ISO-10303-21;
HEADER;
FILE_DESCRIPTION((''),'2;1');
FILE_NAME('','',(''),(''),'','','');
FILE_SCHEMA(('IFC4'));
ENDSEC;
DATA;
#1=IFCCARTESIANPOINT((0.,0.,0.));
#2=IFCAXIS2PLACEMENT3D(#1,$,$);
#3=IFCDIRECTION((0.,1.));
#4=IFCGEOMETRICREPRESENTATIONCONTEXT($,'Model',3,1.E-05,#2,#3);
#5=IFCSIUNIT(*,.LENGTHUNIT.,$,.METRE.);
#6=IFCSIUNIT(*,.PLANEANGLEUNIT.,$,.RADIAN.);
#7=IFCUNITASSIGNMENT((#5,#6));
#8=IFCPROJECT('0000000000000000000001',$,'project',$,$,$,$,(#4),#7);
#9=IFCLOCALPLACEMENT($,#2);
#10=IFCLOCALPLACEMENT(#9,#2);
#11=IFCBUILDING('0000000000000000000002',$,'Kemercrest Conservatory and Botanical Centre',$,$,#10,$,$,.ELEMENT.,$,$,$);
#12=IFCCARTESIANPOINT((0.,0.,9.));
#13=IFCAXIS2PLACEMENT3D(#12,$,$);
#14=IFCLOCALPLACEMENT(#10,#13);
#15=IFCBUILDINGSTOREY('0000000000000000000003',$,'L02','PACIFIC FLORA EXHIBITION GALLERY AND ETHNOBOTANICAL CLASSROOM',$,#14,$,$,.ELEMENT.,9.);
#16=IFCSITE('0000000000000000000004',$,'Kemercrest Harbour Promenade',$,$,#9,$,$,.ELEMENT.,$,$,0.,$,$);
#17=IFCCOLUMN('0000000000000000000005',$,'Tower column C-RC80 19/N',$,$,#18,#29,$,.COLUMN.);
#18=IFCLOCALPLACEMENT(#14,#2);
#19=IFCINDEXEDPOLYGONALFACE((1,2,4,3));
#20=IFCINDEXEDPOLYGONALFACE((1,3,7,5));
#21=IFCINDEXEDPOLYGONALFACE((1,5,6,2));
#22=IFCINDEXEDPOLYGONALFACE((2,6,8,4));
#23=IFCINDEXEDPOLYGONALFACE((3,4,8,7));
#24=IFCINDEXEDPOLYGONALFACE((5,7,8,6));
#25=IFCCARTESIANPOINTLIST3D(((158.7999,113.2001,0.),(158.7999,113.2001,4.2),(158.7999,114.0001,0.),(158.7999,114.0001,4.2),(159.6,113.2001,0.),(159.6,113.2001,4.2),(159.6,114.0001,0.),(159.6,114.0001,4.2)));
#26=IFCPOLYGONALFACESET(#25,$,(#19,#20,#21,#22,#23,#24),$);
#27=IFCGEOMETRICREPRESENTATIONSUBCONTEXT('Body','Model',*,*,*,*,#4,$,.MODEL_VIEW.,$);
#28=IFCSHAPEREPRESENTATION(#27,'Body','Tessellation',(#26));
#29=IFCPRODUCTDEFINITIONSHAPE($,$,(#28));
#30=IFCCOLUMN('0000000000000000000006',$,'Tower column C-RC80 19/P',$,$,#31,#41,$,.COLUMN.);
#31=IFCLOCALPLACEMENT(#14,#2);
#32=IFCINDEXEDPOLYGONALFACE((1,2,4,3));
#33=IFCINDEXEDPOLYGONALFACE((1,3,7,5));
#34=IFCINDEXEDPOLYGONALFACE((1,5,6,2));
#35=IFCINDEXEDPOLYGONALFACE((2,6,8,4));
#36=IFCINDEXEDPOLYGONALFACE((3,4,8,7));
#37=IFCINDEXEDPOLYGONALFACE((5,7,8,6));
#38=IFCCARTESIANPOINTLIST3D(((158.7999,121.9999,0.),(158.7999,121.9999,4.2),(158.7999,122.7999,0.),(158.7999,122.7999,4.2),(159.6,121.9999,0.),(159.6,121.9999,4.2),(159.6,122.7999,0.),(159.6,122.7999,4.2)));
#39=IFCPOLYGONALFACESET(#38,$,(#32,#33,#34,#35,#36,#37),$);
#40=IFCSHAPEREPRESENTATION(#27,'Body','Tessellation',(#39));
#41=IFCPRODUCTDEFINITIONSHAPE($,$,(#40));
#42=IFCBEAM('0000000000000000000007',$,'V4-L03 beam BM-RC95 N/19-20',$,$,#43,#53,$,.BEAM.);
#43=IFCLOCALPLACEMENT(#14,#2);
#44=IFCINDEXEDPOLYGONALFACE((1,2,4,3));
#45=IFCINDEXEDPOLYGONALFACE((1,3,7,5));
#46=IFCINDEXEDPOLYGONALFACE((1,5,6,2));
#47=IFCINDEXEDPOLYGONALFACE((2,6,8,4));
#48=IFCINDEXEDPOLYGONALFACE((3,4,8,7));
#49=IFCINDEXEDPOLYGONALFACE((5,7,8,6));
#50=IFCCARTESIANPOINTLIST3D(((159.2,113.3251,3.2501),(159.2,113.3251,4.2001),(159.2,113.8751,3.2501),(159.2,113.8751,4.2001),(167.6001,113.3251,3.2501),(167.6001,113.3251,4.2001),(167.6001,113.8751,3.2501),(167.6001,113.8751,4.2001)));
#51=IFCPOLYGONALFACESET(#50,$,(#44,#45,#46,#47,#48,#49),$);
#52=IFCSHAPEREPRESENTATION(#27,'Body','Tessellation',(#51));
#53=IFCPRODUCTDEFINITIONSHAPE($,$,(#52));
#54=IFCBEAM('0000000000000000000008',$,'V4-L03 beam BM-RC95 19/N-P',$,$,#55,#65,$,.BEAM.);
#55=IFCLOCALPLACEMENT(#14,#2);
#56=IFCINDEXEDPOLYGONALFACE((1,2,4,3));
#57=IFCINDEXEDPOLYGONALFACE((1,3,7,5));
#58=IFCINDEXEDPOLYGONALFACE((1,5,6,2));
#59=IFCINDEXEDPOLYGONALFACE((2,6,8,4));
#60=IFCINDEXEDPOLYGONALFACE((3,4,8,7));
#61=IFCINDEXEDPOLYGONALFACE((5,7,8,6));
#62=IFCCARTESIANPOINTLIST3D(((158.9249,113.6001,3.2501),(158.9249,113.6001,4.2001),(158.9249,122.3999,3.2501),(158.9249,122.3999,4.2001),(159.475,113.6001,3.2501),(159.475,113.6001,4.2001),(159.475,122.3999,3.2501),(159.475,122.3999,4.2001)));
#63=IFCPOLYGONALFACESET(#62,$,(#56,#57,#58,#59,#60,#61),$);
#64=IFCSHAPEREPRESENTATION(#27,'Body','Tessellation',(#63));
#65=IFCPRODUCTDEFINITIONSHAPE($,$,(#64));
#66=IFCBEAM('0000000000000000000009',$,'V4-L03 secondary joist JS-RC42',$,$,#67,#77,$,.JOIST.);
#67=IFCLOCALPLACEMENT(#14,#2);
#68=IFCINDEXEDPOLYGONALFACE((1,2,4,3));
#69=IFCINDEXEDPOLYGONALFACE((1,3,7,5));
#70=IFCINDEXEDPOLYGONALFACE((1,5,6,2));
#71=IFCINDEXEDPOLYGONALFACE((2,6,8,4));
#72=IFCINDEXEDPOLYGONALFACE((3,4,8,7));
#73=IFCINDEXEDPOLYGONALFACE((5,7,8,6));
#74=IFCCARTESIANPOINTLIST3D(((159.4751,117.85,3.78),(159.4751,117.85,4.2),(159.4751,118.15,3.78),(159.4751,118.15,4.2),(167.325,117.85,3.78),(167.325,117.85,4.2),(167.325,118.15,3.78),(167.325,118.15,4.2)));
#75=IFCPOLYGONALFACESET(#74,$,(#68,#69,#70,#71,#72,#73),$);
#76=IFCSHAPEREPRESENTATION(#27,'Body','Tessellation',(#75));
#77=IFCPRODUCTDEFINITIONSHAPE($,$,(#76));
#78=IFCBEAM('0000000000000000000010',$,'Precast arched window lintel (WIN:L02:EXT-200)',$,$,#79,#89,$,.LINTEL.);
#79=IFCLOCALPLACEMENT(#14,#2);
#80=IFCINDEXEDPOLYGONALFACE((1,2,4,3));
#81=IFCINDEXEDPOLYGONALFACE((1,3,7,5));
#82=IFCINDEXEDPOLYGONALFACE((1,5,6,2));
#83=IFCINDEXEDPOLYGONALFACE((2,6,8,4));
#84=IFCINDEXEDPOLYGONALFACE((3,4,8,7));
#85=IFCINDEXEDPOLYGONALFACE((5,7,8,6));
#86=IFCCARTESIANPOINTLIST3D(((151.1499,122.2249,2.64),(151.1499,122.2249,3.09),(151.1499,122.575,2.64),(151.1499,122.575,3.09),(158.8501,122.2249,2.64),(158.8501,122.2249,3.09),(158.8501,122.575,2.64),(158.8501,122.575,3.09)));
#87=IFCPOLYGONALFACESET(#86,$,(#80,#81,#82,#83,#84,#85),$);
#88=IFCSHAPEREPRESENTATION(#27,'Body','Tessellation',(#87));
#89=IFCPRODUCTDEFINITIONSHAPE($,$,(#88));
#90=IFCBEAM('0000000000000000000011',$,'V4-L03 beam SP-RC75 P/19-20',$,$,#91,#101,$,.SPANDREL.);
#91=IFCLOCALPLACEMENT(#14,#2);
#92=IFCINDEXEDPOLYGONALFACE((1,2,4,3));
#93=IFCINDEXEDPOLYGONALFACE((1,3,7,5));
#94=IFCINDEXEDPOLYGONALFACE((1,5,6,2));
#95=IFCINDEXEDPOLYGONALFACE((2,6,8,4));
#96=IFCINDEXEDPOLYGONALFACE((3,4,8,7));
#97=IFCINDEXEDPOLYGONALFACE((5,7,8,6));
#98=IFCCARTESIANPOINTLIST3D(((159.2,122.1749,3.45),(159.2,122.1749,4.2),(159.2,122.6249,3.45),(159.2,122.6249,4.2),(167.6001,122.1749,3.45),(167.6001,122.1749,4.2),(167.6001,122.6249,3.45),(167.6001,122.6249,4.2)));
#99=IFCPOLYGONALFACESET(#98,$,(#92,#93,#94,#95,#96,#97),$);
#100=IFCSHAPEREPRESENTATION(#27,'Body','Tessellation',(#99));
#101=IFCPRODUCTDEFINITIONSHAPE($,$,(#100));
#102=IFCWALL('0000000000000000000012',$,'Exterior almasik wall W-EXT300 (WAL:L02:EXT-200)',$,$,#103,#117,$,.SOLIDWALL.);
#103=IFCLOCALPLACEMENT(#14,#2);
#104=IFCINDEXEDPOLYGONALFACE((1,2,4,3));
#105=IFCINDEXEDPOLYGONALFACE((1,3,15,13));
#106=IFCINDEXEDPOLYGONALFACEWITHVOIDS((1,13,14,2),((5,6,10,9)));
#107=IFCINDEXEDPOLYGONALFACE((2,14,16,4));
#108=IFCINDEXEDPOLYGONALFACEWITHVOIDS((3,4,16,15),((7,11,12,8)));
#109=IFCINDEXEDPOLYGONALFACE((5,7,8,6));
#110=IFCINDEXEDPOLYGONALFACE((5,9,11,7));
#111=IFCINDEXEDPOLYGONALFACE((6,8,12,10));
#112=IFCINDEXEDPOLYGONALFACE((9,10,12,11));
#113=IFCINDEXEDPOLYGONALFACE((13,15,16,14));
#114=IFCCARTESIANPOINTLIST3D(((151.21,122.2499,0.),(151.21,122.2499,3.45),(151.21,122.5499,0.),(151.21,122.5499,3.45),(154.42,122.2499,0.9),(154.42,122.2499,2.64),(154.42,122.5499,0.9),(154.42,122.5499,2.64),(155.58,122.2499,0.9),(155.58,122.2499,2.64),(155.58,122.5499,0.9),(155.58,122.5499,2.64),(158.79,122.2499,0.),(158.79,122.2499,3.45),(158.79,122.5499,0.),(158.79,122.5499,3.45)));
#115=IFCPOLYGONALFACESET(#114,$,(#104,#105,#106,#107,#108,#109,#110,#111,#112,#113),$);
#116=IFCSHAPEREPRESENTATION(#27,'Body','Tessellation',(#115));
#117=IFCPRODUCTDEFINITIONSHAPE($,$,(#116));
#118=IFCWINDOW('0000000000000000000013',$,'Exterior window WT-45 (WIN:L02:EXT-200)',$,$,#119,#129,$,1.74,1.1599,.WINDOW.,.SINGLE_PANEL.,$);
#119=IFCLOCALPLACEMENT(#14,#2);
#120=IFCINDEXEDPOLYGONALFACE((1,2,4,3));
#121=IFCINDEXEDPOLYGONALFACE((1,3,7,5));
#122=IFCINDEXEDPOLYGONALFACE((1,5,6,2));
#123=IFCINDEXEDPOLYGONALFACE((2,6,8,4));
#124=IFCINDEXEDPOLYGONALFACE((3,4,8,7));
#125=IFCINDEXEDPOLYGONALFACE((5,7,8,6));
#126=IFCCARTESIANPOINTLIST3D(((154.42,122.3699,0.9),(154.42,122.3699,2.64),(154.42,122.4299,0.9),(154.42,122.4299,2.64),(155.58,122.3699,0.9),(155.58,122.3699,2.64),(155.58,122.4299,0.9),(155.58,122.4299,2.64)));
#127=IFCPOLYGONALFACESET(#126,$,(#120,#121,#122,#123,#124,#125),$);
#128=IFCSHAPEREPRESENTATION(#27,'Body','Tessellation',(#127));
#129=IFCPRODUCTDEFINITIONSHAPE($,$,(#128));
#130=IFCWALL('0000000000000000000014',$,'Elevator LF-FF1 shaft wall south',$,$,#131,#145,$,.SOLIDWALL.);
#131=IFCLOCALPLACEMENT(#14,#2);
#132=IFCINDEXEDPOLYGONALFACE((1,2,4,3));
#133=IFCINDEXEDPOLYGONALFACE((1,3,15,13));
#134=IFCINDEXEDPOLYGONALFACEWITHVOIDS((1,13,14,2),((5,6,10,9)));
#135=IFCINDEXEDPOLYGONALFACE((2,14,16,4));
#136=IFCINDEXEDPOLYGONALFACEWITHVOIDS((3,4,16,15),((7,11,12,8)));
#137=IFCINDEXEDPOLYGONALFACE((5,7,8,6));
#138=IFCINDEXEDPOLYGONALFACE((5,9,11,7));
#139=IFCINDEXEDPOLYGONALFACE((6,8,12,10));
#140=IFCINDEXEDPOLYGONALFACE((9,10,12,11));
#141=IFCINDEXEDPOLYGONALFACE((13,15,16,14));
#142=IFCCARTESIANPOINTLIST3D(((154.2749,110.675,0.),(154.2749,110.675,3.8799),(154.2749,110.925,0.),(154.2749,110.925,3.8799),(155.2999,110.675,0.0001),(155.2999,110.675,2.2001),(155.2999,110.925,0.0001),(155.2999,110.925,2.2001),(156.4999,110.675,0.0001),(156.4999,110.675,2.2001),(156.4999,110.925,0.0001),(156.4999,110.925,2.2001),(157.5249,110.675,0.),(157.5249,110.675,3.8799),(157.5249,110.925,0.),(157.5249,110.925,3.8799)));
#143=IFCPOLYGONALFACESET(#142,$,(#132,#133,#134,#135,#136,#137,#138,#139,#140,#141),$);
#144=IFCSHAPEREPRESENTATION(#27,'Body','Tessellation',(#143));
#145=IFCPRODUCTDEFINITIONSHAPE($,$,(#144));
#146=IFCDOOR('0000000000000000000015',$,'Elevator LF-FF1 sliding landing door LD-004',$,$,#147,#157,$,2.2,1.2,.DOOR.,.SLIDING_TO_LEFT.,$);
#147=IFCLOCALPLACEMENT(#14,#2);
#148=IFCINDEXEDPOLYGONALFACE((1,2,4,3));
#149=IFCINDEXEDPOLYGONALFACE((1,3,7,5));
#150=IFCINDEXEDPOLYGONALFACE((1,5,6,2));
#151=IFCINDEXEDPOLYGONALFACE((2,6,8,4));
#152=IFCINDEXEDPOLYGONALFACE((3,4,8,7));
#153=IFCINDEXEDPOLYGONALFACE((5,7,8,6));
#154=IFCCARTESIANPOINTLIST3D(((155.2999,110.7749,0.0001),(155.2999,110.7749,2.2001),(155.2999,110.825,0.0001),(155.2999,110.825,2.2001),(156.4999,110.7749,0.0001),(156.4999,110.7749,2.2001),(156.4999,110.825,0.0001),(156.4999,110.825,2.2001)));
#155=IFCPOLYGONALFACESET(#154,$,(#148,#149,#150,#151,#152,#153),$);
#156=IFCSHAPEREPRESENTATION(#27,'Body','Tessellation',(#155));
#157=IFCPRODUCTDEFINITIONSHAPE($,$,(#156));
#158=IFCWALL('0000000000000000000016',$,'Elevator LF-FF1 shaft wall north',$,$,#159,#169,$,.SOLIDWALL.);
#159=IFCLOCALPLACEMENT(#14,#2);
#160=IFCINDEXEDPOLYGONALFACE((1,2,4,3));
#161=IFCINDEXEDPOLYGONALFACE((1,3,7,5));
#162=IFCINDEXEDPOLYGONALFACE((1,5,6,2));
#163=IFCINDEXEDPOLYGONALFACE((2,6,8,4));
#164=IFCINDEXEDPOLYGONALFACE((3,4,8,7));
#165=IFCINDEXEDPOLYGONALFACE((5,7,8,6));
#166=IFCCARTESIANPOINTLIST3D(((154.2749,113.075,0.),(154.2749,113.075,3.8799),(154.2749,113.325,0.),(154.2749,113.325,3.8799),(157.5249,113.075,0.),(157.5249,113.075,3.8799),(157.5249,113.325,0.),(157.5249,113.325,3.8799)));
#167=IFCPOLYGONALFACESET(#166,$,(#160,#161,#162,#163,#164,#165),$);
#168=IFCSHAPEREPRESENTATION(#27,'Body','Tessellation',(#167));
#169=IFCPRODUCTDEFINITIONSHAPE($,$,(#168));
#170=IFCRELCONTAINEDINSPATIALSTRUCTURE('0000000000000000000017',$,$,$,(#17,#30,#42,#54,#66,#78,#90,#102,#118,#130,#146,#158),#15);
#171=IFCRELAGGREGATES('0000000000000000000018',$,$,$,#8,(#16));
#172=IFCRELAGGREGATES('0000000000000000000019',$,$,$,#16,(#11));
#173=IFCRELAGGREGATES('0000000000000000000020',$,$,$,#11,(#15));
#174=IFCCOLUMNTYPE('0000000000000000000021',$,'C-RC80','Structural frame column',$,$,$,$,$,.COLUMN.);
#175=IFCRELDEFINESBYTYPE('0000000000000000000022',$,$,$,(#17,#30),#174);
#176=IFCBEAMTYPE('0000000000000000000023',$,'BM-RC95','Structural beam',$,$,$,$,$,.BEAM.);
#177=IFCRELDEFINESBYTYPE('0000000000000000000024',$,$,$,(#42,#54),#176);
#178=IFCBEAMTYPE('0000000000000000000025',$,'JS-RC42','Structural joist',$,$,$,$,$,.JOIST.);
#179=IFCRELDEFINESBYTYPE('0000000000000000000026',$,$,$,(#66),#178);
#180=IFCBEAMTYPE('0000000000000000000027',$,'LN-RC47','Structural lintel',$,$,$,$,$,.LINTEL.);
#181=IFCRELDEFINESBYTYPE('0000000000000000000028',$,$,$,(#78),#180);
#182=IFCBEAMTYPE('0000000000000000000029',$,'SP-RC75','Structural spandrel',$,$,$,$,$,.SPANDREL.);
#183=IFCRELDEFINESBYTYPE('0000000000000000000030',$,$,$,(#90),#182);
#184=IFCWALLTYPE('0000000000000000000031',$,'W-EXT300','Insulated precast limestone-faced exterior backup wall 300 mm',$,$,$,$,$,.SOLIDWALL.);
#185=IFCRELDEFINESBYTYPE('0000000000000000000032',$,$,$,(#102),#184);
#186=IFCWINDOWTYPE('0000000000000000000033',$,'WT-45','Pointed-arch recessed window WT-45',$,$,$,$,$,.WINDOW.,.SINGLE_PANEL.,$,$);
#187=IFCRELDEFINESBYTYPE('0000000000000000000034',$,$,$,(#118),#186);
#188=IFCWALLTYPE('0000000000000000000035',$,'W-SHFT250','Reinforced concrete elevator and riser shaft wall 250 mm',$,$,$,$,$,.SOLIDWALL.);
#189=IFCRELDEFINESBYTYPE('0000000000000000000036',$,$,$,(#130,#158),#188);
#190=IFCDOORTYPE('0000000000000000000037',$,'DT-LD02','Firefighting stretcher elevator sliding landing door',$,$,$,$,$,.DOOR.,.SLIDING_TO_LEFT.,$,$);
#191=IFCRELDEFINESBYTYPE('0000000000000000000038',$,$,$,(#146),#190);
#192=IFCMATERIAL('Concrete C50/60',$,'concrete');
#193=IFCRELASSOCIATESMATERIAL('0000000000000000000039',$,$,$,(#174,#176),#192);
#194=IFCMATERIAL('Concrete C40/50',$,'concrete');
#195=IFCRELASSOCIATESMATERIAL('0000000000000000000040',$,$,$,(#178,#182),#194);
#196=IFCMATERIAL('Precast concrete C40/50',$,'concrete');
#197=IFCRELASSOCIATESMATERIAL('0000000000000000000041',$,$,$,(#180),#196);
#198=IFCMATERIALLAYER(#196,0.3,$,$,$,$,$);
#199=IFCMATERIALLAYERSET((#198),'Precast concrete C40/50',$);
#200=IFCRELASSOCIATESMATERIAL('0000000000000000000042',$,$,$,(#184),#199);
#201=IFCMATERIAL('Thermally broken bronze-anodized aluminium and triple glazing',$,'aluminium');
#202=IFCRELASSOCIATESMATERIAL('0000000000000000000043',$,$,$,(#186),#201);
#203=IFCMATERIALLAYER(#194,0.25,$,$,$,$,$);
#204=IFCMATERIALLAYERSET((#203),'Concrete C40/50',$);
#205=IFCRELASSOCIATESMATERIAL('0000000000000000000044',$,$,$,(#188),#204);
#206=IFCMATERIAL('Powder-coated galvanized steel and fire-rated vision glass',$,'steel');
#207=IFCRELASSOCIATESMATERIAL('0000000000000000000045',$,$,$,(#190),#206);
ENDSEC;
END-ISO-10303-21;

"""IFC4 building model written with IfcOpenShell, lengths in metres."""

from ifc_helpers import new_model, si_unit, direction, frame, frame_2d, origin, origin_2d, place, context, subcontext, project, spatial, rectangle, extrude, material, layer, layer_set, material_profile, profile_set, type_object, element, fill, save


model = new_model("IFC4")

# Units and contexts
model_context = context("Model", 3, precision=1e-05, world=origin(), true_north=direction((0.0, 1.0)))
body_context = subcontext(model_context, "Body", "Model", "MODEL_VIEW")
ifc_project = project(units=[si_unit("LENGTHUNIT", "METRE"), si_unit("PLANEANGLEUNIT", "RADIAN")], contexts=[model_context])

# Site, building, storey
site_placement = place(None, origin())
site = spatial("IfcSite", under=ifc_project, at=site_placement, Name="Kemercrest Harbour Promenade", CompositionType="ELEMENT", RefElevation=0.0)
building_placement = place(site_placement, origin())
building = spatial("IfcBuilding", under=site, at=building_placement, Name="Kemercrest Conservatory and Botanical Centre", CompositionType="ELEMENT")
storey_placement = place(building_placement, frame((0.0, 0.0, 9.0)))
storey = spatial("IfcBuildingStorey", under=building, at=storey_placement, Name="L02", Description="PACIFIC FLORA EXHIBITION GALLERY AND ETHNOBOTANICAL CLASSROOM", CompositionType="ELEMENT", Elevation=9.0)

# Columns
ifc_material_1 = material(Name="Concrete C50/60", Category="concrete")
ifc_material_profile_1 = material_profile(ifc_material_1, rectangle(XDim=0.8, YDim=0.8, at=origin_2d()), Name="RC 800x800")
ifc_profile_set_1 = profile_set([ifc_material_profile_1], Name="Concrete C50/60")
column_type = type_object("IfcColumnType", Name="C-RC80", Description="Structural frame column", PredefinedType="COLUMN", material=ifc_profile_set_1)
for number, where, z_axis, x_axis, name in (
    (1, (159.2, 113.6001, 0.0), (0.0, 0.0, 1.0), (1.0, 0.0, 0.0), "Tower column C-RC80 19/N"),
    (2, (159.2, 122.3999, 0.0), (0.0, 0.0, 1.0), (1.0, 0.0, 0.0), "Tower column C-RC80 19/P"),
):
    element("IfcColumn", number, at=place(storey_placement, frame(where, z_axis=z_axis, x_axis=x_axis)), inside=storey, type_object=column_type, Name=name, PredefinedType="COLUMN", context=body_context, shape_type="SweptSolid", body=[
        extrude(rectangle(XDim=0.8, YDim=0.8, at=origin_2d()), origin(), (0.0, 0.0, 1.0), 4.2),
    ])

# Beams
ifc_material_profile_2 = material_profile(ifc_material_1, rectangle(XDim=0.55, YDim=0.95, at=origin_2d()), Name="RC 550x950")
ifc_profile_set_2 = profile_set([ifc_material_profile_2], Name="Concrete C50/60")
beam_type_1 = type_object("IfcBeamType", Name="BM-RC95", Description="Structural beam", PredefinedType="BEAM", material=ifc_profile_set_2)
beam_1_placement = place(storey_placement, frame((159.2, 113.6001, 3.7251), z_axis=(1.0, 0.0, 0.0), x_axis=(0.0, 1.0, 0.0)))
element("IfcBeam", 3, at=beam_1_placement, inside=storey, type_object=beam_type_1, Name="V4-L03 beam BM-RC95 N/19-20", PredefinedType="BEAM", context=body_context, shape_type="SweptSolid", body=[
    extrude(rectangle(XDim=0.55, YDim=0.95, at=origin_2d()), origin(), (0.0, 0.0, 1.0), 8.4001),
])
beam_2_placement = place(storey_placement, frame((159.2, 113.6001, 3.7251), z_axis=(0.0, 1.0, 0.0), x_axis=(-1.0, 0.0, 0.0)))
element("IfcBeam", 4, at=beam_2_placement, inside=storey, type_object=beam_type_1, Name="V4-L03 beam BM-RC95 19/N-P", PredefinedType="BEAM", context=body_context, shape_type="SweptSolid", body=[
    extrude(rectangle(XDim=0.55, YDim=0.95, at=origin_2d()), origin(), (0.0, 0.0, 1.0), 8.7998),
])
ifc_material_2 = material(Name="Concrete C40/50", Category="concrete")
ifc_material_profile_3 = material_profile(ifc_material_2, rectangle(XDim=0.3, YDim=0.4199, at=origin_2d()), Name="RC 300x420")
ifc_profile_set_3 = profile_set([ifc_material_profile_3], Name="Concrete C40/50")
beam_type_2 = type_object("IfcBeamType", Name="JS-RC42", Description="Structural joist", PredefinedType="JOIST", material=ifc_profile_set_3)
beam_3_placement = place(storey_placement, frame((159.4751, 118.0, 3.99), z_axis=(1.0, 0.0, 0.0), x_axis=(0.0, 1.0, 0.0)))
element("IfcBeam", 5, at=beam_3_placement, inside=storey, type_object=beam_type_2, Name="V4-L03 secondary joist JS-RC42", PredefinedType="JOIST", context=body_context, shape_type="SweptSolid", body=[
    extrude(rectangle(XDim=0.3, YDim=0.4199, at=origin_2d()), origin(), (0.0, 0.0, 1.0), 7.8499),
])
ifc_material_3 = material(Name="Precast concrete C40/50", Category="concrete")
ifc_material_profile_4 = material_profile(ifc_material_3, rectangle(XDim=0.3501, YDim=0.45, at=origin_2d()), Name="RC 350x450")
ifc_profile_set_4 = profile_set([ifc_material_profile_4], Name="Precast concrete C40/50")
beam_type_3 = type_object("IfcBeamType", Name="LN-RC47", Description="Structural lintel", PredefinedType="LINTEL", material=ifc_profile_set_4)
beam_4_placement = place(storey_placement, frame((158.8501, 122.3999, 2.865), z_axis=(-1.0, 0.0, 0.0), x_axis=(0.0, -1.0, 0.0)))
element("IfcBeam", 6, at=beam_4_placement, inside=storey, type_object=beam_type_3, Name="Precast arched window lintel (WIN:L02:EXT-200)", PredefinedType="LINTEL", context=body_context, shape_type="SweptSolid", body=[
    extrude(rectangle(XDim=0.3501, YDim=0.45, at=origin_2d()), origin(), (0.0, 0.0, 1.0), 7.7002),
])
ifc_material_profile_5 = material_profile(ifc_material_2, rectangle(XDim=0.45, YDim=0.75, at=origin_2d()), Name="RC 450x750")
ifc_profile_set_5 = profile_set([ifc_material_profile_5], Name="Concrete C40/50")
beam_type_4 = type_object("IfcBeamType", Name="SP-RC75", Description="Structural spandrel", PredefinedType="SPANDREL", material=ifc_profile_set_5)
beam_5_placement = place(storey_placement, frame((159.2, 122.3999, 3.825), z_axis=(1.0, 0.0, 0.0), x_axis=(0.0, 1.0, 0.0)))
element("IfcBeam", 7, at=beam_5_placement, inside=storey, type_object=beam_type_4, Name="V4-L03 beam SP-RC75 P/19-20", PredefinedType="SPANDREL", context=body_context, shape_type="SweptSolid", body=[
    extrude(rectangle(XDim=0.45, YDim=0.75, at=origin_2d()), origin(), (0.0, 0.0, 1.0), 8.4001),
])

# Wall, opening, window
ifc_layer_1 = layer(ifc_material_3, 0.3)
ifc_layer_set_1 = layer_set([ifc_layer_1], Name="Precast concrete C40/50")
wall_type_1 = type_object("IfcWallType", Name="W-EXT300", Description="Insulated precast limestone-faced exterior backup wall 300 mm", PredefinedType="SOLIDWALL", material=ifc_layer_set_1)
wall_1_placement = place(storey_placement, frame((158.79, 122.3999, 0.0), z_axis=(0.0, 0.0, 1.0), x_axis=(-1.0, 0.0, 0.0)))
wall_1 = element("IfcWall", 8, at=wall_1_placement, inside=storey, type_object=wall_type_1, Name="Exterior almasik wall W-EXT300 (WAL:L02:EXT-200)", PredefinedType="SOLIDWALL", context=body_context, shape_type="SweptSolid", body=[
    extrude(rectangle(XDim=7.5801, YDim=0.3, at=frame_2d((3.79, 0.0))), origin(), (0.0, 0.0, 1.0), 3.45),
])
opening_1_placement = place(wall_1_placement, frame((3.21, 0.0, 0.8999)))
opening_1 = element("IfcOpeningElement", 9, at=opening_1_placement, cuts=wall_1, PredefinedType="OPENING", context=body_context, shape_type="SweptSolid", body=[
    extrude(rectangle(XDim=1.1599, YDim=1.74, at=frame_2d((0.5801, 0.8701))), frame((0.0, 0.1602, 0.0), z_axis=(0.0, -1.0, 0.0), x_axis=(1.0, 0.0, 0.0)), (0.0, 0.0, 1.0), 0.3201),
])
ifc_material_4 = material(Name="Thermally broken bronze-anodized aluminium and triple glazing", Category="aluminium")
window_type = type_object("IfcWindowType", Name="WT-45", Description="Pointed-arch recessed window WT-45", PartitioningType="SINGLE_PANEL", PredefinedType="WINDOW", material=ifc_material_4)
window_placement = place(opening_1_placement, origin())
window = element("IfcWindow", 10, at=window_placement, inside=storey, type_object=window_type, Name="Exterior window WT-45 (WIN:L02:EXT-200)", OverallHeight=1.74, OverallWidth=1.1599, PartitioningType="SINGLE_PANEL", PredefinedType="WINDOW", context=body_context, shape_type="SweptSolid", body=[
    extrude(rectangle(XDim=1.1599, YDim=1.74, at=frame_2d((0.5801, 0.8701))), frame((0.0, 0.03, 0.0), z_axis=(0.0, -1.0, 0.0), x_axis=(1.0, 0.0, 0.0)), (0.0, 0.0, 1.0), 0.0601),
])
fill(opening_1, window)

# Wall, opening, door
ifc_layer_2 = layer(ifc_material_2, 0.25)
ifc_layer_set_2 = layer_set([ifc_layer_2], Name="Concrete C40/50")
wall_type_2 = type_object("IfcWallType", Name="W-SHFT250", Description="Reinforced concrete elevator and riser shaft wall 250 mm", PredefinedType="SOLIDWALL", material=ifc_layer_set_2)
wall_2_placement = place(storey_placement, frame((154.2749, 110.8, 0.0), z_axis=(0.0, 0.0, 1.0), x_axis=(1.0, 0.0, 0.0)))
wall_2 = element("IfcWall", 11, at=wall_2_placement, inside=storey, type_object=wall_type_2, Name="Elevator LF-FF1 shaft wall south", PredefinedType="SOLIDWALL", context=body_context, shape_type="SweptSolid", body=[
    extrude(rectangle(XDim=3.25, YDim=0.25, at=frame_2d((1.625, 0.0))), origin(), (0.0, 0.0, 1.0), 3.8799),
])
opening_2_placement = place(wall_2_placement, frame((1.0249, 0.0, 0.0)))
opening_2 = element("IfcOpeningElement", 12, at=opening_2_placement, cuts=wall_2, PredefinedType="OPENING", context=body_context, shape_type="SweptSolid", body=[
    extrude(rectangle(XDim=1.2, YDim=2.2, at=frame_2d((0.6001, 1.1001))), frame((0.0, 0.135, 0.0), z_axis=(0.0, -1.0, 0.0), x_axis=(1.0, 0.0, 0.0)), (0.0, 0.0, 1.0), 0.27),
])
ifc_material_5 = material(Name="Powder-coated galvanized steel and fire-rated vision glass", Category="steel")
door_type_1 = type_object("IfcDoorType", Name="DT-LD02", Description="Firefighting stretcher elevator sliding landing door", OperationType="SLIDING_TO_LEFT", PredefinedType="DOOR", material=ifc_material_5)
door_1_placement = place(opening_2_placement, origin())
door_1 = element("IfcDoor", 13, at=door_1_placement, inside=storey, type_object=door_type_1, Name="Elevator LF-FF1 sliding landing door LD-004", OperationType="SLIDING_TO_LEFT", OverallHeight=2.2, OverallWidth=1.2, PredefinedType="DOOR", context=body_context, shape_type="SweptSolid", body=[
    extrude(rectangle(XDim=1.2, YDim=2.2, at=frame_2d((0.6001, 1.1001))), frame((0.0, 0.0249, 0.0), z_axis=(0.0, -1.0, 0.0), x_axis=(1.0, 0.0, 0.0)), (0.0, 0.0, 1.0), 0.05),
])
fill(opening_2, door_1)

# Wall
wall_3_placement = place(storey_placement, frame((154.2749, 113.2, 0.0), z_axis=(0.0, 0.0, 1.0), x_axis=(1.0, 0.0, 0.0)))
element("IfcWall", 14, at=wall_3_placement, inside=storey, type_object=wall_type_2, Name="Elevator LF-FF1 shaft wall north", PredefinedType="SOLIDWALL", context=body_context, shape_type="SweptSolid", body=[
    extrude(rectangle(XDim=3.25, YDim=0.25, at=frame_2d((1.625, 0.0))), origin(), (0.0, 0.0, 1.0), 3.8799),
])

save(model, "model.ifc")
